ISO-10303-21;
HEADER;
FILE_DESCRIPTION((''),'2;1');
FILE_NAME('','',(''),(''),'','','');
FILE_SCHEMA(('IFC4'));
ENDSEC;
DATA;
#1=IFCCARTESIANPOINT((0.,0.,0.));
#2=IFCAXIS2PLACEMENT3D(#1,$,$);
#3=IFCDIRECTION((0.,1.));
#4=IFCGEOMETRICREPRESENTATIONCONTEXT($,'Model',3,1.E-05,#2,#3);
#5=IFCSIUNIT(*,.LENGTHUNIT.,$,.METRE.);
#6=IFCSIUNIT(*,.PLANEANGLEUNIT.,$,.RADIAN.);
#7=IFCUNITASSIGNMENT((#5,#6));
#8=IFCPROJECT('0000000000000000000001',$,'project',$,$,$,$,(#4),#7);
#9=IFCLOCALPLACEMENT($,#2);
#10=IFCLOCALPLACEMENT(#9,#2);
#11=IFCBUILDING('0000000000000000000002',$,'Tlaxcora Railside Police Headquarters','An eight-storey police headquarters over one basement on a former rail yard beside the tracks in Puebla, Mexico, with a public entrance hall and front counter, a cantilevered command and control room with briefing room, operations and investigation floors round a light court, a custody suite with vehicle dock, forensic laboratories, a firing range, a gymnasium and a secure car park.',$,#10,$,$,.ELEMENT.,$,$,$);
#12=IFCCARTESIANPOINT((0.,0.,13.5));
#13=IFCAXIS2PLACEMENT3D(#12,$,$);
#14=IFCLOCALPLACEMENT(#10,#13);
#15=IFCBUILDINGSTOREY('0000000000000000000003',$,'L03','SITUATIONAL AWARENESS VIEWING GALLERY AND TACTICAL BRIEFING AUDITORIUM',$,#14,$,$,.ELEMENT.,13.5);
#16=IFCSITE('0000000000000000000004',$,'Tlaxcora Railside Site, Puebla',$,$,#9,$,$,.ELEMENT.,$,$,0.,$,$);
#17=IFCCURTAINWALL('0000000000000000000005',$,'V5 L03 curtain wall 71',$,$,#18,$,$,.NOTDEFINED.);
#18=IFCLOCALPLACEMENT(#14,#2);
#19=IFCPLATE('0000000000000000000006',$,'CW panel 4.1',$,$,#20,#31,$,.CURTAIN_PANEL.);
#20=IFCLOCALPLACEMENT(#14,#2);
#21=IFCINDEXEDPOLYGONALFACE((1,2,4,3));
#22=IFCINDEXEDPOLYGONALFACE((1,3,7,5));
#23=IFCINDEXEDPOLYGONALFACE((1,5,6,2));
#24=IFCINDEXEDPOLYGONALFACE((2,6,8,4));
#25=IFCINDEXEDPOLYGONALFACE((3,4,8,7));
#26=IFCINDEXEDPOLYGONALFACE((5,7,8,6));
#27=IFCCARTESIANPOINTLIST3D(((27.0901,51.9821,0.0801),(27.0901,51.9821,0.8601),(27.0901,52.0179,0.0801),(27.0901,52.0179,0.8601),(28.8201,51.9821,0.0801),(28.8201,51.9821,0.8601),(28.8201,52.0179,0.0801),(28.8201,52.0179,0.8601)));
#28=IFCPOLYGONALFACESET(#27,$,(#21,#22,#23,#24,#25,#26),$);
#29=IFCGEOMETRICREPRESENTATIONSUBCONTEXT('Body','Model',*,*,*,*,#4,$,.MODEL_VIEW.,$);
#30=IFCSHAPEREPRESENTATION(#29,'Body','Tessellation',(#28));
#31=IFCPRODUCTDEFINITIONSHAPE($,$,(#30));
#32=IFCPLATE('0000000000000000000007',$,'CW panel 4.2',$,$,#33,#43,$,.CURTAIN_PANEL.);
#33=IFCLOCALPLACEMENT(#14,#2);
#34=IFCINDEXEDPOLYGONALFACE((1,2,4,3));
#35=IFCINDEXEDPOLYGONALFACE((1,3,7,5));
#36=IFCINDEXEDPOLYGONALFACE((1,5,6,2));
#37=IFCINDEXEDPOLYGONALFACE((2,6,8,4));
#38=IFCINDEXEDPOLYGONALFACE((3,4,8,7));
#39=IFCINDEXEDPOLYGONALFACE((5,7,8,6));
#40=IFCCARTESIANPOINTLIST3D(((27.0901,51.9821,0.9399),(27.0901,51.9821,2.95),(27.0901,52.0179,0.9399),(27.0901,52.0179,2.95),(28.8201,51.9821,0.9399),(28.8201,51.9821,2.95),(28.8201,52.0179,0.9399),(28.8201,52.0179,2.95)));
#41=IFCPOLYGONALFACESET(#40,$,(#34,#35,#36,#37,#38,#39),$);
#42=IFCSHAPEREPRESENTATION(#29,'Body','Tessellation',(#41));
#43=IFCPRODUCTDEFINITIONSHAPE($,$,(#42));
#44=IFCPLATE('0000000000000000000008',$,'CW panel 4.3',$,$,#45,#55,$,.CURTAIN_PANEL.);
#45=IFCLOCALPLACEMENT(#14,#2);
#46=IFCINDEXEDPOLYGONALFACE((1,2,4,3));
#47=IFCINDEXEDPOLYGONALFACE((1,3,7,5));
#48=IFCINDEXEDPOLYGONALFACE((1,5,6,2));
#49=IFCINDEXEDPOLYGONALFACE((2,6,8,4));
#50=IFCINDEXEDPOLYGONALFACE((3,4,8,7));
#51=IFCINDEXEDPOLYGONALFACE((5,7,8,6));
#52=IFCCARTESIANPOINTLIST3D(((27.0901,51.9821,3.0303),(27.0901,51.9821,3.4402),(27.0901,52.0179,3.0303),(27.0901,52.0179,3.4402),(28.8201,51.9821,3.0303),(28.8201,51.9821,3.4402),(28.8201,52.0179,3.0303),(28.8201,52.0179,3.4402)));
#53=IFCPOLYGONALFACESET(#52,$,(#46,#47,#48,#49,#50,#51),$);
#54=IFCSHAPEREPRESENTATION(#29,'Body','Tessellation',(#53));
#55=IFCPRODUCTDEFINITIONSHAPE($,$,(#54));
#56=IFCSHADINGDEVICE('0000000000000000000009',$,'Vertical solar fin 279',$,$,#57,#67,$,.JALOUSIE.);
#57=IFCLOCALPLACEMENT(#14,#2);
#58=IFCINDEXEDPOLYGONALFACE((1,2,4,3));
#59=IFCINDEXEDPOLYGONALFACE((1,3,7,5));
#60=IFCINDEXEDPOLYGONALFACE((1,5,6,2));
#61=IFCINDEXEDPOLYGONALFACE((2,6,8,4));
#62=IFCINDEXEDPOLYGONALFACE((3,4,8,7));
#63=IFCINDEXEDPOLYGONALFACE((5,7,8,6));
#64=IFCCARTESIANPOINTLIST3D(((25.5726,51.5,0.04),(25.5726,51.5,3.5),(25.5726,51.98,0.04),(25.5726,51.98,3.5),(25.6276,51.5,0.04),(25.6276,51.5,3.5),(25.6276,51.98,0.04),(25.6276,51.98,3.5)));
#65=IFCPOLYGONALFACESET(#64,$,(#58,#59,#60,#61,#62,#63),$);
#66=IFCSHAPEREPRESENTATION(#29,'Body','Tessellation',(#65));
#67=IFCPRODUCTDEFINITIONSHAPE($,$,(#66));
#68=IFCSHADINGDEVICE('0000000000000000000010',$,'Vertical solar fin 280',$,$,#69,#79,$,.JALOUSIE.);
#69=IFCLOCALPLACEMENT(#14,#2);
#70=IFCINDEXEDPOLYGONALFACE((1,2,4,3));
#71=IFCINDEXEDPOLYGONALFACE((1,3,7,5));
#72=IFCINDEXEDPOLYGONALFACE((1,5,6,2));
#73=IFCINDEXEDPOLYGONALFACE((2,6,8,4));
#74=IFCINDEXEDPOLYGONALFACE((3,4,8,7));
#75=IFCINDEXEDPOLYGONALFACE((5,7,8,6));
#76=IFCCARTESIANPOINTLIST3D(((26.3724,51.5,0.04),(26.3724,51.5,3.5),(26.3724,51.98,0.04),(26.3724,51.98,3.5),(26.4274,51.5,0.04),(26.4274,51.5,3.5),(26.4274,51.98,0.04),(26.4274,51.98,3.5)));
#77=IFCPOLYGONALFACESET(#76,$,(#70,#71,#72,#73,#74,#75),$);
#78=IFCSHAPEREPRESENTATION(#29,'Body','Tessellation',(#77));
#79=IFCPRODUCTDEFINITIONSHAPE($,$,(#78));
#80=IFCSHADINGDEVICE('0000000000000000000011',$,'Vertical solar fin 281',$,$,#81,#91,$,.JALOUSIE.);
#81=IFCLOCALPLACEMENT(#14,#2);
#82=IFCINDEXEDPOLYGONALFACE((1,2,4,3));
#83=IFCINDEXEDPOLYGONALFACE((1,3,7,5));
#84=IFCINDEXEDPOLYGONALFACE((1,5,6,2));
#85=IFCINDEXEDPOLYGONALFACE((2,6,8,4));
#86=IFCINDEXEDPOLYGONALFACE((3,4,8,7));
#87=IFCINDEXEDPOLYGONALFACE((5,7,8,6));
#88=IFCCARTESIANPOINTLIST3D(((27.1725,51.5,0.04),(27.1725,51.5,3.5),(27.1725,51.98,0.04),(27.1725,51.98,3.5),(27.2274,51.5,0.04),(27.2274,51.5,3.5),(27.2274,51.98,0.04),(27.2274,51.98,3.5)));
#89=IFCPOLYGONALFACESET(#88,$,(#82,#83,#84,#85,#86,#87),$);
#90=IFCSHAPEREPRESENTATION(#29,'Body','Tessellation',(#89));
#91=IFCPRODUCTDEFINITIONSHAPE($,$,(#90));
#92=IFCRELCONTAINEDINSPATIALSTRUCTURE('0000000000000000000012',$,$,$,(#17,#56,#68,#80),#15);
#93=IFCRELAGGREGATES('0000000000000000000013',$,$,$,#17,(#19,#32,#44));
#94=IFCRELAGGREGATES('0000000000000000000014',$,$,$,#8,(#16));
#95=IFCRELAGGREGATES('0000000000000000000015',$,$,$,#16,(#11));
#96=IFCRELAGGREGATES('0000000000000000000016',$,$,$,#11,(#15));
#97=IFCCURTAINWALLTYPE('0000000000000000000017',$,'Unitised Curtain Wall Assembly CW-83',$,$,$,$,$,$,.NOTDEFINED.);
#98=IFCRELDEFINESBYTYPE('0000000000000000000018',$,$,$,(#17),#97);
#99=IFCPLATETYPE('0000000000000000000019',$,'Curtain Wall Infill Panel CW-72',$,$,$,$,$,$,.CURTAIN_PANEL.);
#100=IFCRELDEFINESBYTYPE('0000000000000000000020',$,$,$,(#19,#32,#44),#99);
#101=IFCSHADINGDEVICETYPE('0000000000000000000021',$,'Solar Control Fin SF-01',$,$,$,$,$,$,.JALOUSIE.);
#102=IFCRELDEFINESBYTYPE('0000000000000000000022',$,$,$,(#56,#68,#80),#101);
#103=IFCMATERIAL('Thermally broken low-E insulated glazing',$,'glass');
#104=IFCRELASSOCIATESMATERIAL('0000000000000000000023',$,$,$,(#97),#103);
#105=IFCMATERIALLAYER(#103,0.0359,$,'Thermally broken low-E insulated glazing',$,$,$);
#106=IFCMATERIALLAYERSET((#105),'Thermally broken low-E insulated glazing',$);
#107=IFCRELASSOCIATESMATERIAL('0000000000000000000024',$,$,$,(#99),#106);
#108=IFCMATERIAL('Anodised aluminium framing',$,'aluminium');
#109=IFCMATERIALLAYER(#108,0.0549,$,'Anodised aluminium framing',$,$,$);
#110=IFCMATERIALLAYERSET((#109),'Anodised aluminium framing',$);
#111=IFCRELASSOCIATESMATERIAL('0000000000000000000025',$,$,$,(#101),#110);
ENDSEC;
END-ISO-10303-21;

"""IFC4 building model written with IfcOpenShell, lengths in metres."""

from ifc_helpers import new_model, si_unit, direction, frame, origin, origin_2d, place, context, subcontext, project, spatial, rectangle, extrude, material, layer, layer_set, type_object, element, aggregate, save


model = new_model("IFC4")

# Units and contexts
model_context = context("Model", 3, precision=1e-05, world=origin(), true_north=direction((0.0, 1.0)))
body_context = subcontext(model_context, "Body", "Model", "MODEL_VIEW")
ifc_project = project(units=[si_unit("LENGTHUNIT", "METRE"), si_unit("PLANEANGLEUNIT", "RADIAN")], contexts=[model_context])

# Site, building, storey
site_placement = place(None, origin())
site = spatial("IfcSite", under=ifc_project, at=site_placement, Name="Tlaxcora Railside Site, Puebla", CompositionType="ELEMENT", RefElevation=0.0)
building_placement = place(site_placement, origin())
building = spatial("IfcBuilding", under=site, at=building_placement, Name="Tlaxcora Railside Police Headquarters", Description="An eight-storey police headquarters over one basement on a former rail yard beside the tracks in Puebla, Mexico, with a public entrance hall and front counter, a cantilevered command and control room with briefing room, operations and investigation floors round a light court, a custody suite with vehicle dock, forensic laboratories, a firing range, a gymnasium and a secure car park.", CompositionType="ELEMENT")
storey_placement = place(building_placement, frame((0.0, 0.0, 13.5)))
storey = spatial("IfcBuildingStorey", under=building, at=storey_placement, Name="L03", Description="SITUATIONAL AWARENESS VIEWING GALLERY AND TACTICAL BRIEFING AUDITORIUM", CompositionType="ELEMENT", Elevation=13.5)

# Curtain wall
ifc_material_1 = material(Name="Thermally broken low-E insulated glazing", Category="glass")
curtain_wall_type = type_object("IfcCurtainWallType", Name="Unitised Curtain Wall Assembly CW-83", PredefinedType="NOTDEFINED", material=ifc_material_1)
curtain_wall_placement = place(storey_placement, origin())
curtain_wall = element("IfcCurtainWall", 1, at=curtain_wall_placement, inside=storey, type_object=curtain_wall_type, Name="V5 L03 curtain wall 71", PredefinedType="NOTDEFINED")
ifc_material_2 = material(Name="Anodised aluminium framing", Category="aluminium")

# Plates
ifc_layer_1 = layer(ifc_material_1, 0.0359, Name="Thermally broken low-E insulated glazing")
ifc_layer_set_1 = layer_set([ifc_layer_1], Name="Thermally broken low-E insulated glazing")
plate_type = type_object("IfcPlateType", Name="Curtain Wall Infill Panel CW-72", PredefinedType="CURTAIN_PANEL", material=ifc_layer_set_1)
plate_1_placement = place(storey_placement, frame((27.9551, 52.0, 0.0801), z_axis=(0.0, 0.0, 1.0), x_axis=(1.0, 0.0, 0.0)))
plate_1 = element("IfcPlate", 2, at=plate_1_placement, type_object=plate_type, Name="CW panel 4.1", PredefinedType="CURTAIN_PANEL", context=body_context, shape_type="SweptSolid", body=[
    extrude(rectangle(XDim=1.73, YDim=0.0359, at=origin_2d()), origin(), (0.0, 0.0, 1.0), 0.78),
])
plate_2_placement = place(storey_placement, frame((27.9551, 52.0, 0.9399), z_axis=(0.0, 0.0, 1.0), x_axis=(1.0, 0.0, 0.0)))
plate_2 = element("IfcPlate", 3, at=plate_2_placement, type_object=plate_type, Name="CW panel 4.2", PredefinedType="CURTAIN_PANEL", context=body_context, shape_type="SweptSolid", body=[
    extrude(rectangle(XDim=1.73, YDim=0.0359, at=origin_2d()), origin(), (0.0, 0.0, 1.0), 2.01),
])
plate_3_placement = place(storey_placement, frame((27.9551, 52.0, 3.0303), z_axis=(0.0, 0.0, 1.0), x_axis=(1.0, 0.0, 0.0)))
plate_3 = element("IfcPlate", 4, at=plate_3_placement, type_object=plate_type, Name="CW panel 4.3", PredefinedType="CURTAIN_PANEL", context=body_context, shape_type="SweptSolid", body=[
    extrude(rectangle(XDim=1.73, YDim=0.0359, at=origin_2d()), origin(), (0.0, 0.0, 1.0), 0.4099),
])
aggregate(curtain_wall, [plate_1, plate_2, plate_3])

# Shading devices
ifc_layer_2 = layer(ifc_material_2, 0.0549, Name="Anodised aluminium framing")
ifc_layer_set_2 = layer_set([ifc_layer_2], Name="Anodised aluminium framing")
shading_device_type = type_object("IfcShadingDeviceType", Name="Solar Control Fin SF-01", PredefinedType="JALOUSIE", material=ifc_layer_set_2)
for number, where, z_axis, x_axis, name in (
    (5, (25.6001, 51.74, 0.04), (0.0, 0.0, 1.0), (0.0, -1.0, 0.0), "Vertical solar fin 279"),
    (6, (26.3999, 51.74, 0.04), (0.0, 0.0, 1.0), (0.0, -1.0, 0.0), "Vertical solar fin 280"),
    (7, (27.2, 51.74, 0.04), (0.0, 0.0, 1.0), (0.0, -1.0, 0.0), "Vertical solar fin 281"),
):
    element("IfcShadingDevice", number, at=place(storey_placement, frame(where, z_axis=z_axis, x_axis=x_axis)), inside=storey, type_object=shading_device_type, Name=name, PredefinedType="JALOUSIE", context=body_context, shape_type="SweptSolid", body=[
        extrude(rectangle(XDim=0.48, YDim=0.0549, at=origin_2d()), origin(), (0.0, 0.0, 1.0), 3.46),
    ])

save(model, "model.ifc")
